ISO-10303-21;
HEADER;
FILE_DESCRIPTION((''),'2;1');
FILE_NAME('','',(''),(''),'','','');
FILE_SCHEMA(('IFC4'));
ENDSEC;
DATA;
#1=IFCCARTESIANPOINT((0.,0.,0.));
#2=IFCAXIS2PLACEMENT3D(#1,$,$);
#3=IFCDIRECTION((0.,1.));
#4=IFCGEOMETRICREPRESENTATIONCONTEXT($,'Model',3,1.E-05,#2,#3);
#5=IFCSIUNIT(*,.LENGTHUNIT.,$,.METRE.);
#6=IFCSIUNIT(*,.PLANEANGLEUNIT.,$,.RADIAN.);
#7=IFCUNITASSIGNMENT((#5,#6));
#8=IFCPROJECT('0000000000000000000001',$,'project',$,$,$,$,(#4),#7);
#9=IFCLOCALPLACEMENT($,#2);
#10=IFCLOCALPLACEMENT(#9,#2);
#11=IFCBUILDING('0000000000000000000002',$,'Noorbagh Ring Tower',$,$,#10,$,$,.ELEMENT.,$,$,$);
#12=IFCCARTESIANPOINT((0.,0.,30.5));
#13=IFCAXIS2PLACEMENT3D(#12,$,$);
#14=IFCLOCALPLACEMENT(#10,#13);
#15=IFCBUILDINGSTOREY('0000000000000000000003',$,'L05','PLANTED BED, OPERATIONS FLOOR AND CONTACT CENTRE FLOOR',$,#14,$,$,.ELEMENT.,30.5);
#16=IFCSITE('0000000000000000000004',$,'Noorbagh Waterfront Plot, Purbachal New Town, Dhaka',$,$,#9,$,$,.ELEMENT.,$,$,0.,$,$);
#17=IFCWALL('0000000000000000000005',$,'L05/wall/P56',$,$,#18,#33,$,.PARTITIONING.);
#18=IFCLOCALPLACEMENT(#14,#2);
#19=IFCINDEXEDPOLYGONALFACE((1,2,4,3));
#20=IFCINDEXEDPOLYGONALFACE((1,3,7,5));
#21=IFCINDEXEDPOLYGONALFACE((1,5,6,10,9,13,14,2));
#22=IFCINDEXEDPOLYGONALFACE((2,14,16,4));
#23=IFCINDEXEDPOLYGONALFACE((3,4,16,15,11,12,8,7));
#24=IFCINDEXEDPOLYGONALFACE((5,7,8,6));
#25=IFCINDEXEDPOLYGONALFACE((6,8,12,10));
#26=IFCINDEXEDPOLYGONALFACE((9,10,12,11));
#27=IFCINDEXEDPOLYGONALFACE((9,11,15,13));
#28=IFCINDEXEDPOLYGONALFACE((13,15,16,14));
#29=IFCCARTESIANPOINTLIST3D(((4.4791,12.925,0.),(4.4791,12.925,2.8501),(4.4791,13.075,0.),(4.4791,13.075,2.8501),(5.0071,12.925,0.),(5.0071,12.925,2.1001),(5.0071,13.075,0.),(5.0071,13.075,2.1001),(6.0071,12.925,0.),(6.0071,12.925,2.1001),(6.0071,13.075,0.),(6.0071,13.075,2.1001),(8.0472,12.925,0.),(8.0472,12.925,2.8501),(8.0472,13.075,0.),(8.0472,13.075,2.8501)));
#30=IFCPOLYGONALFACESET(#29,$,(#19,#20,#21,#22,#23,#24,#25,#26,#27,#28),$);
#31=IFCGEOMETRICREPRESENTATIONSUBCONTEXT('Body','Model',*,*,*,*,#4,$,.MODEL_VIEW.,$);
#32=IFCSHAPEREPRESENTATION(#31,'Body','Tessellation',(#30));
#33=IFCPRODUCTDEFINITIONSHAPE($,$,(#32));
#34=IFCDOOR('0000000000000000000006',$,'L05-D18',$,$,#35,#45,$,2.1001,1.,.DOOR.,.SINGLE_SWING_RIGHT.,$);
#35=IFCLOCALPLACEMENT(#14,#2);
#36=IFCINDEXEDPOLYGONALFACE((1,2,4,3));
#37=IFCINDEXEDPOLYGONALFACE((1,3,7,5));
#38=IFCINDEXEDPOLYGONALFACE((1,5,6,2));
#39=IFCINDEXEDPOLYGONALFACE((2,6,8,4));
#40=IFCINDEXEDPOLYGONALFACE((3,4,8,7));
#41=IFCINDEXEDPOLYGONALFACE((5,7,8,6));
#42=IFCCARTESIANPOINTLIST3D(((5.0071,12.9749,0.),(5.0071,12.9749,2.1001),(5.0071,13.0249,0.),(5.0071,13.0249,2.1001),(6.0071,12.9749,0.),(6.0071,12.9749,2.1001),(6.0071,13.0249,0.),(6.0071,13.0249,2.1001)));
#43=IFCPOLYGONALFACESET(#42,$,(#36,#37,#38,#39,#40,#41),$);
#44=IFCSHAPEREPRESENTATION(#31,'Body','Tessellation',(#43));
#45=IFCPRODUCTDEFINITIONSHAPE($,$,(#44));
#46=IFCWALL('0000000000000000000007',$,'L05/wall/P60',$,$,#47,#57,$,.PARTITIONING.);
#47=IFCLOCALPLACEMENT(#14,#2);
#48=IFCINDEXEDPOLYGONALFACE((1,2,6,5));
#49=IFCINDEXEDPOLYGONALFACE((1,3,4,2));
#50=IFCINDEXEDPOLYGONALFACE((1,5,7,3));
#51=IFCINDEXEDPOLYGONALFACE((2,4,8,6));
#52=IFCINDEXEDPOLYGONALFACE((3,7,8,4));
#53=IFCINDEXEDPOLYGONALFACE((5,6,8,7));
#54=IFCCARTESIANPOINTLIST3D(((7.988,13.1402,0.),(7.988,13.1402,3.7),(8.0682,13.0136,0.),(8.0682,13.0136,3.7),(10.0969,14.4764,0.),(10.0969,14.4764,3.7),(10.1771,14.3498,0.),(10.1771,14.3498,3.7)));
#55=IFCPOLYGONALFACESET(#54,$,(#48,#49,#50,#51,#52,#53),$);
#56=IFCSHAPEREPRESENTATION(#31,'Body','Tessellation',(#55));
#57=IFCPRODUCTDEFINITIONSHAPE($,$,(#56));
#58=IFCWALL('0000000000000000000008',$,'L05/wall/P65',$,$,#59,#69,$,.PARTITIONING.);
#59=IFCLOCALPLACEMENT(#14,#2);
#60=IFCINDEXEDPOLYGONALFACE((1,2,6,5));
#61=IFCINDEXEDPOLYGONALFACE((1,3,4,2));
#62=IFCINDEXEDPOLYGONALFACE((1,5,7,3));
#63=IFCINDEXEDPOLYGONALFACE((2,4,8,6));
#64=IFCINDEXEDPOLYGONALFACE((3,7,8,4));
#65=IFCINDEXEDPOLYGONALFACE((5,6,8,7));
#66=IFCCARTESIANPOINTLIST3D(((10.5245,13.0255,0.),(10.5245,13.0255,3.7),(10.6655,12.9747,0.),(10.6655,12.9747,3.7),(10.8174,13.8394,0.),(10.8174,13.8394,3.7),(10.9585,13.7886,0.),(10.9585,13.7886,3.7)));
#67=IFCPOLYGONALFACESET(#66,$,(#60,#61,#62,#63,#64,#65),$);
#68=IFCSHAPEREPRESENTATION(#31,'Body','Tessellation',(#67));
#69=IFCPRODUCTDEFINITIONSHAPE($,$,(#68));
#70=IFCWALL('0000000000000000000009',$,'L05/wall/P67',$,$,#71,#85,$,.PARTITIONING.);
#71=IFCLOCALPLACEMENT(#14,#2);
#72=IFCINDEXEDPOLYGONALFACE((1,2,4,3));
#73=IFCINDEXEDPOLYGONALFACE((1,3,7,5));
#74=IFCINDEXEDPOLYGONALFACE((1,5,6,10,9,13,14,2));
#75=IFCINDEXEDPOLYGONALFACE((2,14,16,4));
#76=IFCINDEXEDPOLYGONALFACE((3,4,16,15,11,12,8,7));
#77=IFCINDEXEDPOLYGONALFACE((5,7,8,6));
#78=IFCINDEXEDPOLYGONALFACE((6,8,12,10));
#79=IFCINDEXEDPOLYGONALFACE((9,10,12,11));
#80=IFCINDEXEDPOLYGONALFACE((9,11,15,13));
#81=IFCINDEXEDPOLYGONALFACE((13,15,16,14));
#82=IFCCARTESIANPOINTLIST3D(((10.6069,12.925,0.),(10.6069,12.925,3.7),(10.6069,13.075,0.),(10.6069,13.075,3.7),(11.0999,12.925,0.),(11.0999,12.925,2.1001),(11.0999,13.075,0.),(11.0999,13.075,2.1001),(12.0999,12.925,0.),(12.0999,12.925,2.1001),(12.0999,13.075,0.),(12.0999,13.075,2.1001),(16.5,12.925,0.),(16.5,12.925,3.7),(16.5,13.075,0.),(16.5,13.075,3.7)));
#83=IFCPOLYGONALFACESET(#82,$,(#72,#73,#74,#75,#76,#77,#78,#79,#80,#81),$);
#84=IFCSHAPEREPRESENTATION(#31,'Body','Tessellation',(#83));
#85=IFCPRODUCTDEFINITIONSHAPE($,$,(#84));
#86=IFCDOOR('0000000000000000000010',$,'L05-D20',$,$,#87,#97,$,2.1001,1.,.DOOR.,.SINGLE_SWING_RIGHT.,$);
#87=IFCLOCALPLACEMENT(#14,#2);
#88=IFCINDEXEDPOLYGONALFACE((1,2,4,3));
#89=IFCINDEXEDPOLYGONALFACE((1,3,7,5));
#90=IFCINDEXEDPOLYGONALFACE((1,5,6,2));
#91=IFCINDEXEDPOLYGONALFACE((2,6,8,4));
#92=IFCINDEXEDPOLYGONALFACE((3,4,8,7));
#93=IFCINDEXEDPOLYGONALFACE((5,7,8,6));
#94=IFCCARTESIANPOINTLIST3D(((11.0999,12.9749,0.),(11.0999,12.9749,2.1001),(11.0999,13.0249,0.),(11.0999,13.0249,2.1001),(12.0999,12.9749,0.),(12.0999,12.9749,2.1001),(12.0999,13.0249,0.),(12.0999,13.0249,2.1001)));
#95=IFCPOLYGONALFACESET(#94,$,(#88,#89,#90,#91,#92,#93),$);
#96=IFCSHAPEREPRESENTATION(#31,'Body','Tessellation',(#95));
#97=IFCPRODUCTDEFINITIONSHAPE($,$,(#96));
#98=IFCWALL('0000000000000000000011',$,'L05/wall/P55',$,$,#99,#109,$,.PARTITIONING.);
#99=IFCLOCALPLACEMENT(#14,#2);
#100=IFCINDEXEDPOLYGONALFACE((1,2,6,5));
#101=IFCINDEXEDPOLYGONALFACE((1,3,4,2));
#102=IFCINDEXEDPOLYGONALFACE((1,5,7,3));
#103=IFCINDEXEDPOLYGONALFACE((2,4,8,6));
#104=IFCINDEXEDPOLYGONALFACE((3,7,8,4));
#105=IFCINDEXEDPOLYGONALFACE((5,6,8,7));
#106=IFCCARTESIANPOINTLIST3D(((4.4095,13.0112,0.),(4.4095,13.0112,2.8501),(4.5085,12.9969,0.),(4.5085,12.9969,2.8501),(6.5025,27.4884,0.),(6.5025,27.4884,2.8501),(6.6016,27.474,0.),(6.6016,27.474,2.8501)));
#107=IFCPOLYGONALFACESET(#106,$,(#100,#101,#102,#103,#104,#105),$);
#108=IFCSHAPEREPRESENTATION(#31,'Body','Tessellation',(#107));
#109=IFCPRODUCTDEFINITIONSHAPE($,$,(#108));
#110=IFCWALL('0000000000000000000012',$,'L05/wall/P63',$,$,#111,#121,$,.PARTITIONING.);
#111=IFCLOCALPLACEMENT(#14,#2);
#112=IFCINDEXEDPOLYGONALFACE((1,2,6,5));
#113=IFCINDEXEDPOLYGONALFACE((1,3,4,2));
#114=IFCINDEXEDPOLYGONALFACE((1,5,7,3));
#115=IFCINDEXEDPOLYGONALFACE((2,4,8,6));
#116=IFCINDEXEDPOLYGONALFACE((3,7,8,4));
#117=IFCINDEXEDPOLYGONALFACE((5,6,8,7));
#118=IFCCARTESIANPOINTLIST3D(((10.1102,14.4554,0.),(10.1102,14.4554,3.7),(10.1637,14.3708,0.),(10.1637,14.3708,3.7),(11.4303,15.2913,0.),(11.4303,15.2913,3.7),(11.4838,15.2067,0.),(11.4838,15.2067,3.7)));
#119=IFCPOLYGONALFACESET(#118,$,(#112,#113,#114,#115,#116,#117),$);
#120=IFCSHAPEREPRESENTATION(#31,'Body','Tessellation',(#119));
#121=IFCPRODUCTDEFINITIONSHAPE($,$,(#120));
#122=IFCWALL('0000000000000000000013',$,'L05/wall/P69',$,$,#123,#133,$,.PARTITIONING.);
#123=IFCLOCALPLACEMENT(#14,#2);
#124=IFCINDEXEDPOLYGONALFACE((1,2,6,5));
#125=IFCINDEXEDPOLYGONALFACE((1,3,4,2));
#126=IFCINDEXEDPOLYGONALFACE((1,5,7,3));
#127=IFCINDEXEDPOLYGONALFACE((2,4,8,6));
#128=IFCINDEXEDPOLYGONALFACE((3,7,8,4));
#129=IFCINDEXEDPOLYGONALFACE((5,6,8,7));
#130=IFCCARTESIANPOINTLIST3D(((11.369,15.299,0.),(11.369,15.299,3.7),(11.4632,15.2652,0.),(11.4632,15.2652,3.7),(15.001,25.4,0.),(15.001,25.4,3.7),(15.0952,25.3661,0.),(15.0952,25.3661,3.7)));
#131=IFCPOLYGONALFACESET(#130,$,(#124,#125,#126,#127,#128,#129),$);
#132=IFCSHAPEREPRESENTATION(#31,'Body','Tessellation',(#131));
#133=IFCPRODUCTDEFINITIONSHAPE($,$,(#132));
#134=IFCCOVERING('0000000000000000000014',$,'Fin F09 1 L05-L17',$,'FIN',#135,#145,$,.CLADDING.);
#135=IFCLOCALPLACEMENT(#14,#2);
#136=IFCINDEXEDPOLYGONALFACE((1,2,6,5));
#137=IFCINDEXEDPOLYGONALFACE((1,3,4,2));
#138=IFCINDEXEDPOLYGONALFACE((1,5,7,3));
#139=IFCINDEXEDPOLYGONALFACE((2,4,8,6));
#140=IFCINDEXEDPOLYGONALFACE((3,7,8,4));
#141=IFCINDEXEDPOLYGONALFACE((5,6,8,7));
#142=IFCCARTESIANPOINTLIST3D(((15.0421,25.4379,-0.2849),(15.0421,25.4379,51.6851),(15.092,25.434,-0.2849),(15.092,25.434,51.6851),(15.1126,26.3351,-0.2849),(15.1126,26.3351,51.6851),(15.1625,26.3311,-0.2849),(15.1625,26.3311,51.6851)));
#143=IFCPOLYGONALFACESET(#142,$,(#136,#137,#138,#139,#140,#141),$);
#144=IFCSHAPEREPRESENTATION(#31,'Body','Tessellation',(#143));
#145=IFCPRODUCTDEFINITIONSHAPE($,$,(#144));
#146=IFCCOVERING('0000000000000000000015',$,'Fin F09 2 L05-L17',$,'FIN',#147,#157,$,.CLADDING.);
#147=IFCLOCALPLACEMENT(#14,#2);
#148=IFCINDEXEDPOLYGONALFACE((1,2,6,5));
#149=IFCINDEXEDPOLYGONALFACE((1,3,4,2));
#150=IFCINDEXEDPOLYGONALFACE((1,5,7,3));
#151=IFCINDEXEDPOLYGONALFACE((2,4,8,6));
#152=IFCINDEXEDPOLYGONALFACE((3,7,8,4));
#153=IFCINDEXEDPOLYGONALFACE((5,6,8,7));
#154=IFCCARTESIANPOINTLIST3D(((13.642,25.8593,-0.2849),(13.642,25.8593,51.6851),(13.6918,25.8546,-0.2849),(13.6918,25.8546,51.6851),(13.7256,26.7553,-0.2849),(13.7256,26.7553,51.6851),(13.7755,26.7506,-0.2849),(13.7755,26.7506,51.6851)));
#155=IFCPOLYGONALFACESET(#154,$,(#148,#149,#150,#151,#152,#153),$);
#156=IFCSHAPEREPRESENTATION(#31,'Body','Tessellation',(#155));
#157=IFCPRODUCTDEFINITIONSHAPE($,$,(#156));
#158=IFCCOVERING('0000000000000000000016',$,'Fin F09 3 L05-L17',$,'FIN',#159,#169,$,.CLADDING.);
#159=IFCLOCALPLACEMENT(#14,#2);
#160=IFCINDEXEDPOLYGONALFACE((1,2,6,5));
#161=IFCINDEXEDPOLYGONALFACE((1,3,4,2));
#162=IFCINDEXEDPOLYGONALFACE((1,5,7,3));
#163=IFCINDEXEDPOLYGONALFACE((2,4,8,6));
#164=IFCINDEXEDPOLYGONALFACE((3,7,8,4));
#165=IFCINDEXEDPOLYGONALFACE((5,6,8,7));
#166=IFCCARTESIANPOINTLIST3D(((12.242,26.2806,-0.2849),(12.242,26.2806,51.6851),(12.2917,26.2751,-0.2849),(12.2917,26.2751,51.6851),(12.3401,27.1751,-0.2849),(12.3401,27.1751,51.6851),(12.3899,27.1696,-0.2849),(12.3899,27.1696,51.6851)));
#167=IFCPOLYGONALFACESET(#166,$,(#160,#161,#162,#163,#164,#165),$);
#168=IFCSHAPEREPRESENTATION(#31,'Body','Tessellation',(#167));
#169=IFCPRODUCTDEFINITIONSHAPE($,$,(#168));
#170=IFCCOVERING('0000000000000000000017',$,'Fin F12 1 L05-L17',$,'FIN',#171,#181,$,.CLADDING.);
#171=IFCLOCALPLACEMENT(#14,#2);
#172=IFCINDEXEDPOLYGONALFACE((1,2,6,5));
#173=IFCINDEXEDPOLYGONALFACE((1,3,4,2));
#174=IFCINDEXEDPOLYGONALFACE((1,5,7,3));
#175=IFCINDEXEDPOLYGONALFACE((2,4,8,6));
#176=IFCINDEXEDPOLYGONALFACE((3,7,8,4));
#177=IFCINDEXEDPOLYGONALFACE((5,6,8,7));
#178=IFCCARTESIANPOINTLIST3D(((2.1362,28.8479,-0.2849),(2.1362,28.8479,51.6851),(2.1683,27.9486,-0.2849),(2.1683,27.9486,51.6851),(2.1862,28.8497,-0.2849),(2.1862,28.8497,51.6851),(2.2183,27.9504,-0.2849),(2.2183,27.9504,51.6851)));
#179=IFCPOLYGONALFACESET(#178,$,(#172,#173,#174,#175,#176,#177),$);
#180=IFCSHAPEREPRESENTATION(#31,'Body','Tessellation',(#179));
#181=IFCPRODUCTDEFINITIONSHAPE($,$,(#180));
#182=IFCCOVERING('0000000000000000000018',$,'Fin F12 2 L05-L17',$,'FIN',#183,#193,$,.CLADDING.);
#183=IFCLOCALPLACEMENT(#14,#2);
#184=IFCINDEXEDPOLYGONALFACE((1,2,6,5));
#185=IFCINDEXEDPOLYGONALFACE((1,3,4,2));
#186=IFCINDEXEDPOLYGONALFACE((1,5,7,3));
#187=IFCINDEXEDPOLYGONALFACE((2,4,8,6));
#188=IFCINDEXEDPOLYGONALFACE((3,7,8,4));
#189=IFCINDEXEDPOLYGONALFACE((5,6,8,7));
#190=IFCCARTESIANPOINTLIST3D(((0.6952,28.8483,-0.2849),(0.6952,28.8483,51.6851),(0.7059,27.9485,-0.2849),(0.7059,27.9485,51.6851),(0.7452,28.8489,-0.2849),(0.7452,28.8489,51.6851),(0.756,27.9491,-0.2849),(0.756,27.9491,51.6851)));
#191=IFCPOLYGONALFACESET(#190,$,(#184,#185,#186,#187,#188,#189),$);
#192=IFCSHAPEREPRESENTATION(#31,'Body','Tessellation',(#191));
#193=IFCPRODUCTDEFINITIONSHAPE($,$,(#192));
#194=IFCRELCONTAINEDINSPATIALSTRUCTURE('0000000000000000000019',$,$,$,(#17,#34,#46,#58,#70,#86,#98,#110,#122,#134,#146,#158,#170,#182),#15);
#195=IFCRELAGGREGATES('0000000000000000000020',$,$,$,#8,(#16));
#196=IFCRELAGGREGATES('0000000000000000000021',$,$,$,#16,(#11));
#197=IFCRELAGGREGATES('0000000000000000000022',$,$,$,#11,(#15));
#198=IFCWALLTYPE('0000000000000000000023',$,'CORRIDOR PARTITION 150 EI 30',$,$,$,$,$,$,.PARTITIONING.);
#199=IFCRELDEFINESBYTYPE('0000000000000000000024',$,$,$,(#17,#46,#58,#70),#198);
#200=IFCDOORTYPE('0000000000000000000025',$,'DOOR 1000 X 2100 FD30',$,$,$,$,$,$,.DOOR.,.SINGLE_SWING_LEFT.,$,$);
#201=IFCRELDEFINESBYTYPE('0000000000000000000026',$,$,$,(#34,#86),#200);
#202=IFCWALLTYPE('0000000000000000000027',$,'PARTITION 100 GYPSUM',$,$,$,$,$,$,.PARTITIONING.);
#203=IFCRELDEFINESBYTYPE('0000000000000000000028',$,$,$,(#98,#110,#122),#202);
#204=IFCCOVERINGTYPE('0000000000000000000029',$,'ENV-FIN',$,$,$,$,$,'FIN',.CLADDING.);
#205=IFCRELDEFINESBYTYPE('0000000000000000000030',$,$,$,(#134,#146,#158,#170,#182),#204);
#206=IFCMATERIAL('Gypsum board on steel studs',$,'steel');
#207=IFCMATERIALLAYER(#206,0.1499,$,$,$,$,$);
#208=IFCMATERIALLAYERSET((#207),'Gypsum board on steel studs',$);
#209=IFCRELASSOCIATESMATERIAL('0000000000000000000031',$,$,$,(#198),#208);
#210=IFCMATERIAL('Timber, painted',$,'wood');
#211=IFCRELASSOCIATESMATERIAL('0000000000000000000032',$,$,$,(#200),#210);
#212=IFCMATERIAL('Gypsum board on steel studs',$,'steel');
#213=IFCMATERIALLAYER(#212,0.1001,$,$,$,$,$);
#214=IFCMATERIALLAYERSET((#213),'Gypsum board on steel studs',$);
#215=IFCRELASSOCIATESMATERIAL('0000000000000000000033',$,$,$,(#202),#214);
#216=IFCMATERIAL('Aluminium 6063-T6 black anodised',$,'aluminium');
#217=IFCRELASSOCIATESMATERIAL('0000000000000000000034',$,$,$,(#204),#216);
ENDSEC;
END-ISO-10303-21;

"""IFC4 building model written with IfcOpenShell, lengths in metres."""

from ifc_helpers import new_model, si_unit, direction, frame, frame_2d, origin, origin_2d, place, context, subcontext, project, spatial, rectangle, extrude, material, layer, layer_set, material_profile, profile_set, type_object, element, fill, save


model = new_model("IFC4")

# Units and contexts
model_context = context("Model", 3, precision=1e-05, world=origin(), true_north=direction((0.0, 1.0)))
body_context = subcontext(model_context, "Body", "Model", "MODEL_VIEW")
ifc_project = project(units=[si_unit("LENGTHUNIT", "METRE"), si_unit("PLANEANGLEUNIT", "RADIAN")], contexts=[model_context])

# Site, building, storey
site_placement = place(None, origin())
site = spatial("IfcSite", under=ifc_project, at=site_placement, Name="Noorbagh Waterfront Plot, Purbachal New Town, Dhaka", CompositionType="ELEMENT", RefElevation=0.0)
building_placement = place(site_placement, origin())
building = spatial("IfcBuilding", under=site, at=building_placement, Name="Noorbagh Ring Tower", CompositionType="ELEMENT")
storey_placement = place(building_placement, frame((0.0, 0.0, 30.5)))
storey = spatial("IfcBuildingStorey", under=building, at=storey_placement, Name="L05", Description="PLANTED BED, OPERATIONS FLOOR AND CONTACT CENTRE FLOOR", CompositionType="ELEMENT", Elevation=30.5)

# Shared definitions
ifc_material_1 = material(Name="Gypsum board on steel studs", Category="steel")
ifc_layer_1 = layer(ifc_material_1, 0.1499)
ifc_layer_set_1 = layer_set([ifc_layer_1], Name="Gypsum board on steel studs")
wall_type_1 = type_object("IfcWallType", Name="CORRIDOR PARTITION 150 EI 30", PredefinedType="PARTITIONING", material=ifc_layer_set_1)

# Wall, opening, door
ifc_material_2 = material(Name="Timber, painted", Category="wood")
door_type_1 = type_object("IfcDoorType", Name="DOOR 1000 X 2100 FD30", OperationType="SINGLE_SWING_LEFT", PredefinedType="DOOR", material=ifc_material_2)
wall_1_placement = place(storey_placement, frame((4.479, 13.0, 0.0), z_axis=(0.0, 0.0, 1.0), x_axis=(1.0, 0.0, 0.0)))
wall_1 = element("IfcWall", 1, at=wall_1_placement, inside=storey, type_object=wall_type_1, Name="L05/wall/P56", PredefinedType="PARTITIONING", context=body_context, shape_type="SweptSolid", body=[
    extrude(rectangle(XDim=3.5681, YDim=0.1499, at=frame_2d((1.7842, 0.0))), origin(), (0.0, 0.0, 1.0), 2.8501),
])
opening_1_placement = place(wall_1_placement, frame((0.5281, 0.0, 0.0)))
opening_1 = element("IfcOpeningElement", 2, at=opening_1_placement, cuts=wall_1, PredefinedType="OPENING", context=body_context, shape_type="SweptSolid", body=[
    extrude(rectangle(XDim=1.0, YDim=2.1001, at=frame_2d((0.5, 1.05))), frame((0.0, 0.085, 0.0), z_axis=(0.0, -1.0, 0.0), x_axis=(1.0, 0.0, 0.0)), (0.0, 0.0, 1.0), 0.1699),
])
door_1_placement = place(opening_1_placement, origin())
door_1 = element("IfcDoor", 3, at=door_1_placement, inside=storey, type_object=door_type_1, Name="L05-D18", OperationType="SINGLE_SWING_RIGHT", OverallHeight=2.1001, OverallWidth=1.0, PredefinedType="DOOR", context=body_context, shape_type="SweptSolid", body=[
    extrude(rectangle(XDim=1.0, YDim=2.1001, at=frame_2d((0.5, 1.05))), frame((0.0, 0.0249, 0.0), z_axis=(0.0, -1.0, 0.0), x_axis=(1.0, 0.0, 0.0)), (0.0, 0.0, 1.0), 0.05),
])
fill(opening_1, door_1)

# Walls
wall_2_placement = place(storey_placement, frame((8.0281, 13.0769, 0.0), z_axis=(0.0, 0.0, 1.0), x_axis=(0.844719, 0.53521, 0.0)))
element("IfcWall", 4, at=wall_2_placement, inside=storey, type_object=wall_type_1, Name="L05/wall/P60", PredefinedType="PARTITIONING", context=body_context, shape_type="SweptSolid", body=[
    extrude(rectangle(XDim=2.4966, YDim=0.1499, at=frame_2d((1.2483, 0.0))), origin(), (0.0, 0.0, 1.0), 3.7),
])
wall_3_placement = place(storey_placement, frame((10.595, 13.0, 0.0), z_axis=(0.0, 0.0, 1.0), x_axis=(0.33866, 0.940909, 0.0)))
element("IfcWall", 5, at=wall_3_placement, inside=storey, type_object=wall_type_1, Name="L05/wall/P65", PredefinedType="PARTITIONING", context=body_context, shape_type="SweptSolid", body=[
    extrude(rectangle(XDim=0.865, YDim=0.1499, at=frame_2d((0.4326, 0.0))), origin(), (0.0, 0.0, 1.0), 3.7),
])

# Wall, opening, door
wall_4_placement = place(storey_placement, frame((10.6069, 13.0, 0.0), z_axis=(0.0, 0.0, 1.0), x_axis=(1.0, 0.0, 0.0)))
wall_4 = element("IfcWall", 6, at=wall_4_placement, inside=storey, type_object=wall_type_1, Name="L05/wall/P67", PredefinedType="PARTITIONING", context=body_context, shape_type="SweptSolid", body=[
    extrude(rectangle(XDim=5.8931, YDim=0.1499, at=frame_2d((2.9465, 0.0))), origin(), (0.0, 0.0, 1.0), 3.7),
])
opening_2_placement = place(wall_4_placement, frame((0.4929, 0.0, 0.0)))
opening_2 = element("IfcOpeningElement", 7, at=opening_2_placement, cuts=wall_4, PredefinedType="OPENING", context=body_context, shape_type="SweptSolid", body=[
    extrude(rectangle(XDim=1.0, YDim=2.1001, at=frame_2d((0.5, 1.05))), frame((0.0, 0.085, 0.0), z_axis=(0.0, -1.0, 0.0), x_axis=(1.0, 0.0, 0.0)), (0.0, 0.0, 1.0), 0.1699),
])
door_2_placement = place(opening_2_placement, origin())
door_2 = element("IfcDoor", 8, at=door_2_placement, inside=storey, type_object=door_type_1, Name="L05-D20", OperationType="SINGLE_SWING_RIGHT", OverallHeight=2.1001, OverallWidth=1.0, PredefinedType="DOOR", context=body_context, shape_type="SweptSolid", body=[
    extrude(rectangle(XDim=1.0, YDim=2.1001, at=frame_2d((0.5, 1.05))), frame((0.0, 0.0249, 0.0), z_axis=(0.0, -1.0, 0.0), x_axis=(1.0, 0.0, 0.0)), (0.0, 0.0, 1.0), 0.05),
])
fill(opening_2, door_2)

# Walls
ifc_material_3 = material(Name="Gypsum board on steel studs", Category="steel")
ifc_layer_2 = layer(ifc_material_3, 0.1001)
ifc_layer_set_2 = layer_set([ifc_layer_2], Name="Gypsum board on steel studs")
wall_type_2 = type_object("IfcWallType", Name="PARTITION 100 GYPSUM", PredefinedType="PARTITIONING", material=ifc_layer_set_2)
wall_5_placement = place(storey_placement, frame((4.459, 13.0039, 0.0), z_axis=(0.0, 0.0, 1.0), x_axis=(0.143087, 0.98971, 0.0)))
element("IfcWall", 9, at=wall_5_placement, inside=storey, type_object=wall_type_2, Name="L05/wall/P55", PredefinedType="PARTITIONING", context=body_context, shape_type="SweptSolid", body=[
    extrude(rectangle(XDim=14.6277, YDim=0.1001, at=frame_2d((7.314, 0.0))), origin(), (0.0, 0.0, 1.0), 2.8501),
])
wall_6_placement = place(storey_placement, frame((10.137, 14.4131, 0.0), z_axis=(0.0, 0.0, 1.0), x_axis=(0.84485, 0.535004, 0.0)))
element("IfcWall", 10, at=wall_6_placement, inside=storey, type_object=wall_type_2, Name="L05/wall/P63", PredefinedType="PARTITIONING", context=body_context, shape_type="SweptSolid", body=[
    extrude(rectangle(XDim=1.5625, YDim=0.1001, at=frame_2d((0.7812, 0.0))), origin(), (0.0, 0.0, 1.0), 3.7),
])
wall_7_placement = place(storey_placement, frame((11.416, 15.282, 0.0), z_axis=(0.0, 0.0, 1.0), x_axis=(0.338364, 0.941015, 0.0)))
element("IfcWall", 11, at=wall_7_placement, inside=storey, type_object=wall_type_2, Name="L05/wall/P69", PredefinedType="PARTITIONING", context=body_context, shape_type="SweptSolid", body=[
    extrude(rectangle(XDim=10.7341, YDim=0.1001, at=frame_2d((5.3672, 0.0))), origin(), (0.0, 0.0, 1.0), 3.7),
])

# Coverings
ifc_material_4 = material(Name="Aluminium 6063-T6 black anodised", Category="aluminium")
ifc_material_profile_1 = material_profile(ifc_material_4, rectangle(XDim=0.8999, YDim=0.05, at=origin_2d()), Name="900x50")
ifc_profile_set_1 = profile_set([ifc_material_profile_1], Name="Aluminium 6063-T6 black anodised")
covering_type = type_object("IfcCoveringType", Name="ENV-FIN", ElementType="FIN", PredefinedType="CLADDING", material=ifc_profile_set_1)
for number, where, z_axis, x_axis, name in (
    (12, (15.1023, 25.8845, -0.2849), (0.0, 0.0, 1.0), (0.078357, 0.996925, 0.0), "Fin F09 1 L05-L17"),
    (13, (13.7087, 26.3049, -0.2849), (0.0, 0.0, 1.0), (0.092918, 0.995674, 0.0), "Fin F09 2 L05-L17"),
    (14, (12.3159, 26.7251, -0.2849), (0.0, 0.0, 1.0), (0.109101, 0.994031, 0.0), "Fin F09 3 L05-L17"),
    (15, (2.1772, 28.3992, -0.2849), (0.0, 0.0, 1.0), (-0.035641, 0.999365, 0.0), "Fin F12 1 L05-L17"),
    (16, (0.7256, 28.3987, -0.2849), (0.0, 0.0, 1.0), (-0.011915, 0.999929, 0.0), "Fin F12 2 L05-L17"),
):
    element("IfcCovering", number, at=place(storey_placement, frame(where, z_axis=z_axis, x_axis=x_axis)), inside=storey, type_object=covering_type, Name=name, ObjectType="FIN", PredefinedType="CLADDING", context=body_context, shape_type="SweptSolid", body=[
        extrude(rectangle(XDim=0.8999, YDim=0.05, at=origin_2d()), origin(), (0.0, 0.0, 1.0), 51.97),
    ])

save(model, "model.ifc")
